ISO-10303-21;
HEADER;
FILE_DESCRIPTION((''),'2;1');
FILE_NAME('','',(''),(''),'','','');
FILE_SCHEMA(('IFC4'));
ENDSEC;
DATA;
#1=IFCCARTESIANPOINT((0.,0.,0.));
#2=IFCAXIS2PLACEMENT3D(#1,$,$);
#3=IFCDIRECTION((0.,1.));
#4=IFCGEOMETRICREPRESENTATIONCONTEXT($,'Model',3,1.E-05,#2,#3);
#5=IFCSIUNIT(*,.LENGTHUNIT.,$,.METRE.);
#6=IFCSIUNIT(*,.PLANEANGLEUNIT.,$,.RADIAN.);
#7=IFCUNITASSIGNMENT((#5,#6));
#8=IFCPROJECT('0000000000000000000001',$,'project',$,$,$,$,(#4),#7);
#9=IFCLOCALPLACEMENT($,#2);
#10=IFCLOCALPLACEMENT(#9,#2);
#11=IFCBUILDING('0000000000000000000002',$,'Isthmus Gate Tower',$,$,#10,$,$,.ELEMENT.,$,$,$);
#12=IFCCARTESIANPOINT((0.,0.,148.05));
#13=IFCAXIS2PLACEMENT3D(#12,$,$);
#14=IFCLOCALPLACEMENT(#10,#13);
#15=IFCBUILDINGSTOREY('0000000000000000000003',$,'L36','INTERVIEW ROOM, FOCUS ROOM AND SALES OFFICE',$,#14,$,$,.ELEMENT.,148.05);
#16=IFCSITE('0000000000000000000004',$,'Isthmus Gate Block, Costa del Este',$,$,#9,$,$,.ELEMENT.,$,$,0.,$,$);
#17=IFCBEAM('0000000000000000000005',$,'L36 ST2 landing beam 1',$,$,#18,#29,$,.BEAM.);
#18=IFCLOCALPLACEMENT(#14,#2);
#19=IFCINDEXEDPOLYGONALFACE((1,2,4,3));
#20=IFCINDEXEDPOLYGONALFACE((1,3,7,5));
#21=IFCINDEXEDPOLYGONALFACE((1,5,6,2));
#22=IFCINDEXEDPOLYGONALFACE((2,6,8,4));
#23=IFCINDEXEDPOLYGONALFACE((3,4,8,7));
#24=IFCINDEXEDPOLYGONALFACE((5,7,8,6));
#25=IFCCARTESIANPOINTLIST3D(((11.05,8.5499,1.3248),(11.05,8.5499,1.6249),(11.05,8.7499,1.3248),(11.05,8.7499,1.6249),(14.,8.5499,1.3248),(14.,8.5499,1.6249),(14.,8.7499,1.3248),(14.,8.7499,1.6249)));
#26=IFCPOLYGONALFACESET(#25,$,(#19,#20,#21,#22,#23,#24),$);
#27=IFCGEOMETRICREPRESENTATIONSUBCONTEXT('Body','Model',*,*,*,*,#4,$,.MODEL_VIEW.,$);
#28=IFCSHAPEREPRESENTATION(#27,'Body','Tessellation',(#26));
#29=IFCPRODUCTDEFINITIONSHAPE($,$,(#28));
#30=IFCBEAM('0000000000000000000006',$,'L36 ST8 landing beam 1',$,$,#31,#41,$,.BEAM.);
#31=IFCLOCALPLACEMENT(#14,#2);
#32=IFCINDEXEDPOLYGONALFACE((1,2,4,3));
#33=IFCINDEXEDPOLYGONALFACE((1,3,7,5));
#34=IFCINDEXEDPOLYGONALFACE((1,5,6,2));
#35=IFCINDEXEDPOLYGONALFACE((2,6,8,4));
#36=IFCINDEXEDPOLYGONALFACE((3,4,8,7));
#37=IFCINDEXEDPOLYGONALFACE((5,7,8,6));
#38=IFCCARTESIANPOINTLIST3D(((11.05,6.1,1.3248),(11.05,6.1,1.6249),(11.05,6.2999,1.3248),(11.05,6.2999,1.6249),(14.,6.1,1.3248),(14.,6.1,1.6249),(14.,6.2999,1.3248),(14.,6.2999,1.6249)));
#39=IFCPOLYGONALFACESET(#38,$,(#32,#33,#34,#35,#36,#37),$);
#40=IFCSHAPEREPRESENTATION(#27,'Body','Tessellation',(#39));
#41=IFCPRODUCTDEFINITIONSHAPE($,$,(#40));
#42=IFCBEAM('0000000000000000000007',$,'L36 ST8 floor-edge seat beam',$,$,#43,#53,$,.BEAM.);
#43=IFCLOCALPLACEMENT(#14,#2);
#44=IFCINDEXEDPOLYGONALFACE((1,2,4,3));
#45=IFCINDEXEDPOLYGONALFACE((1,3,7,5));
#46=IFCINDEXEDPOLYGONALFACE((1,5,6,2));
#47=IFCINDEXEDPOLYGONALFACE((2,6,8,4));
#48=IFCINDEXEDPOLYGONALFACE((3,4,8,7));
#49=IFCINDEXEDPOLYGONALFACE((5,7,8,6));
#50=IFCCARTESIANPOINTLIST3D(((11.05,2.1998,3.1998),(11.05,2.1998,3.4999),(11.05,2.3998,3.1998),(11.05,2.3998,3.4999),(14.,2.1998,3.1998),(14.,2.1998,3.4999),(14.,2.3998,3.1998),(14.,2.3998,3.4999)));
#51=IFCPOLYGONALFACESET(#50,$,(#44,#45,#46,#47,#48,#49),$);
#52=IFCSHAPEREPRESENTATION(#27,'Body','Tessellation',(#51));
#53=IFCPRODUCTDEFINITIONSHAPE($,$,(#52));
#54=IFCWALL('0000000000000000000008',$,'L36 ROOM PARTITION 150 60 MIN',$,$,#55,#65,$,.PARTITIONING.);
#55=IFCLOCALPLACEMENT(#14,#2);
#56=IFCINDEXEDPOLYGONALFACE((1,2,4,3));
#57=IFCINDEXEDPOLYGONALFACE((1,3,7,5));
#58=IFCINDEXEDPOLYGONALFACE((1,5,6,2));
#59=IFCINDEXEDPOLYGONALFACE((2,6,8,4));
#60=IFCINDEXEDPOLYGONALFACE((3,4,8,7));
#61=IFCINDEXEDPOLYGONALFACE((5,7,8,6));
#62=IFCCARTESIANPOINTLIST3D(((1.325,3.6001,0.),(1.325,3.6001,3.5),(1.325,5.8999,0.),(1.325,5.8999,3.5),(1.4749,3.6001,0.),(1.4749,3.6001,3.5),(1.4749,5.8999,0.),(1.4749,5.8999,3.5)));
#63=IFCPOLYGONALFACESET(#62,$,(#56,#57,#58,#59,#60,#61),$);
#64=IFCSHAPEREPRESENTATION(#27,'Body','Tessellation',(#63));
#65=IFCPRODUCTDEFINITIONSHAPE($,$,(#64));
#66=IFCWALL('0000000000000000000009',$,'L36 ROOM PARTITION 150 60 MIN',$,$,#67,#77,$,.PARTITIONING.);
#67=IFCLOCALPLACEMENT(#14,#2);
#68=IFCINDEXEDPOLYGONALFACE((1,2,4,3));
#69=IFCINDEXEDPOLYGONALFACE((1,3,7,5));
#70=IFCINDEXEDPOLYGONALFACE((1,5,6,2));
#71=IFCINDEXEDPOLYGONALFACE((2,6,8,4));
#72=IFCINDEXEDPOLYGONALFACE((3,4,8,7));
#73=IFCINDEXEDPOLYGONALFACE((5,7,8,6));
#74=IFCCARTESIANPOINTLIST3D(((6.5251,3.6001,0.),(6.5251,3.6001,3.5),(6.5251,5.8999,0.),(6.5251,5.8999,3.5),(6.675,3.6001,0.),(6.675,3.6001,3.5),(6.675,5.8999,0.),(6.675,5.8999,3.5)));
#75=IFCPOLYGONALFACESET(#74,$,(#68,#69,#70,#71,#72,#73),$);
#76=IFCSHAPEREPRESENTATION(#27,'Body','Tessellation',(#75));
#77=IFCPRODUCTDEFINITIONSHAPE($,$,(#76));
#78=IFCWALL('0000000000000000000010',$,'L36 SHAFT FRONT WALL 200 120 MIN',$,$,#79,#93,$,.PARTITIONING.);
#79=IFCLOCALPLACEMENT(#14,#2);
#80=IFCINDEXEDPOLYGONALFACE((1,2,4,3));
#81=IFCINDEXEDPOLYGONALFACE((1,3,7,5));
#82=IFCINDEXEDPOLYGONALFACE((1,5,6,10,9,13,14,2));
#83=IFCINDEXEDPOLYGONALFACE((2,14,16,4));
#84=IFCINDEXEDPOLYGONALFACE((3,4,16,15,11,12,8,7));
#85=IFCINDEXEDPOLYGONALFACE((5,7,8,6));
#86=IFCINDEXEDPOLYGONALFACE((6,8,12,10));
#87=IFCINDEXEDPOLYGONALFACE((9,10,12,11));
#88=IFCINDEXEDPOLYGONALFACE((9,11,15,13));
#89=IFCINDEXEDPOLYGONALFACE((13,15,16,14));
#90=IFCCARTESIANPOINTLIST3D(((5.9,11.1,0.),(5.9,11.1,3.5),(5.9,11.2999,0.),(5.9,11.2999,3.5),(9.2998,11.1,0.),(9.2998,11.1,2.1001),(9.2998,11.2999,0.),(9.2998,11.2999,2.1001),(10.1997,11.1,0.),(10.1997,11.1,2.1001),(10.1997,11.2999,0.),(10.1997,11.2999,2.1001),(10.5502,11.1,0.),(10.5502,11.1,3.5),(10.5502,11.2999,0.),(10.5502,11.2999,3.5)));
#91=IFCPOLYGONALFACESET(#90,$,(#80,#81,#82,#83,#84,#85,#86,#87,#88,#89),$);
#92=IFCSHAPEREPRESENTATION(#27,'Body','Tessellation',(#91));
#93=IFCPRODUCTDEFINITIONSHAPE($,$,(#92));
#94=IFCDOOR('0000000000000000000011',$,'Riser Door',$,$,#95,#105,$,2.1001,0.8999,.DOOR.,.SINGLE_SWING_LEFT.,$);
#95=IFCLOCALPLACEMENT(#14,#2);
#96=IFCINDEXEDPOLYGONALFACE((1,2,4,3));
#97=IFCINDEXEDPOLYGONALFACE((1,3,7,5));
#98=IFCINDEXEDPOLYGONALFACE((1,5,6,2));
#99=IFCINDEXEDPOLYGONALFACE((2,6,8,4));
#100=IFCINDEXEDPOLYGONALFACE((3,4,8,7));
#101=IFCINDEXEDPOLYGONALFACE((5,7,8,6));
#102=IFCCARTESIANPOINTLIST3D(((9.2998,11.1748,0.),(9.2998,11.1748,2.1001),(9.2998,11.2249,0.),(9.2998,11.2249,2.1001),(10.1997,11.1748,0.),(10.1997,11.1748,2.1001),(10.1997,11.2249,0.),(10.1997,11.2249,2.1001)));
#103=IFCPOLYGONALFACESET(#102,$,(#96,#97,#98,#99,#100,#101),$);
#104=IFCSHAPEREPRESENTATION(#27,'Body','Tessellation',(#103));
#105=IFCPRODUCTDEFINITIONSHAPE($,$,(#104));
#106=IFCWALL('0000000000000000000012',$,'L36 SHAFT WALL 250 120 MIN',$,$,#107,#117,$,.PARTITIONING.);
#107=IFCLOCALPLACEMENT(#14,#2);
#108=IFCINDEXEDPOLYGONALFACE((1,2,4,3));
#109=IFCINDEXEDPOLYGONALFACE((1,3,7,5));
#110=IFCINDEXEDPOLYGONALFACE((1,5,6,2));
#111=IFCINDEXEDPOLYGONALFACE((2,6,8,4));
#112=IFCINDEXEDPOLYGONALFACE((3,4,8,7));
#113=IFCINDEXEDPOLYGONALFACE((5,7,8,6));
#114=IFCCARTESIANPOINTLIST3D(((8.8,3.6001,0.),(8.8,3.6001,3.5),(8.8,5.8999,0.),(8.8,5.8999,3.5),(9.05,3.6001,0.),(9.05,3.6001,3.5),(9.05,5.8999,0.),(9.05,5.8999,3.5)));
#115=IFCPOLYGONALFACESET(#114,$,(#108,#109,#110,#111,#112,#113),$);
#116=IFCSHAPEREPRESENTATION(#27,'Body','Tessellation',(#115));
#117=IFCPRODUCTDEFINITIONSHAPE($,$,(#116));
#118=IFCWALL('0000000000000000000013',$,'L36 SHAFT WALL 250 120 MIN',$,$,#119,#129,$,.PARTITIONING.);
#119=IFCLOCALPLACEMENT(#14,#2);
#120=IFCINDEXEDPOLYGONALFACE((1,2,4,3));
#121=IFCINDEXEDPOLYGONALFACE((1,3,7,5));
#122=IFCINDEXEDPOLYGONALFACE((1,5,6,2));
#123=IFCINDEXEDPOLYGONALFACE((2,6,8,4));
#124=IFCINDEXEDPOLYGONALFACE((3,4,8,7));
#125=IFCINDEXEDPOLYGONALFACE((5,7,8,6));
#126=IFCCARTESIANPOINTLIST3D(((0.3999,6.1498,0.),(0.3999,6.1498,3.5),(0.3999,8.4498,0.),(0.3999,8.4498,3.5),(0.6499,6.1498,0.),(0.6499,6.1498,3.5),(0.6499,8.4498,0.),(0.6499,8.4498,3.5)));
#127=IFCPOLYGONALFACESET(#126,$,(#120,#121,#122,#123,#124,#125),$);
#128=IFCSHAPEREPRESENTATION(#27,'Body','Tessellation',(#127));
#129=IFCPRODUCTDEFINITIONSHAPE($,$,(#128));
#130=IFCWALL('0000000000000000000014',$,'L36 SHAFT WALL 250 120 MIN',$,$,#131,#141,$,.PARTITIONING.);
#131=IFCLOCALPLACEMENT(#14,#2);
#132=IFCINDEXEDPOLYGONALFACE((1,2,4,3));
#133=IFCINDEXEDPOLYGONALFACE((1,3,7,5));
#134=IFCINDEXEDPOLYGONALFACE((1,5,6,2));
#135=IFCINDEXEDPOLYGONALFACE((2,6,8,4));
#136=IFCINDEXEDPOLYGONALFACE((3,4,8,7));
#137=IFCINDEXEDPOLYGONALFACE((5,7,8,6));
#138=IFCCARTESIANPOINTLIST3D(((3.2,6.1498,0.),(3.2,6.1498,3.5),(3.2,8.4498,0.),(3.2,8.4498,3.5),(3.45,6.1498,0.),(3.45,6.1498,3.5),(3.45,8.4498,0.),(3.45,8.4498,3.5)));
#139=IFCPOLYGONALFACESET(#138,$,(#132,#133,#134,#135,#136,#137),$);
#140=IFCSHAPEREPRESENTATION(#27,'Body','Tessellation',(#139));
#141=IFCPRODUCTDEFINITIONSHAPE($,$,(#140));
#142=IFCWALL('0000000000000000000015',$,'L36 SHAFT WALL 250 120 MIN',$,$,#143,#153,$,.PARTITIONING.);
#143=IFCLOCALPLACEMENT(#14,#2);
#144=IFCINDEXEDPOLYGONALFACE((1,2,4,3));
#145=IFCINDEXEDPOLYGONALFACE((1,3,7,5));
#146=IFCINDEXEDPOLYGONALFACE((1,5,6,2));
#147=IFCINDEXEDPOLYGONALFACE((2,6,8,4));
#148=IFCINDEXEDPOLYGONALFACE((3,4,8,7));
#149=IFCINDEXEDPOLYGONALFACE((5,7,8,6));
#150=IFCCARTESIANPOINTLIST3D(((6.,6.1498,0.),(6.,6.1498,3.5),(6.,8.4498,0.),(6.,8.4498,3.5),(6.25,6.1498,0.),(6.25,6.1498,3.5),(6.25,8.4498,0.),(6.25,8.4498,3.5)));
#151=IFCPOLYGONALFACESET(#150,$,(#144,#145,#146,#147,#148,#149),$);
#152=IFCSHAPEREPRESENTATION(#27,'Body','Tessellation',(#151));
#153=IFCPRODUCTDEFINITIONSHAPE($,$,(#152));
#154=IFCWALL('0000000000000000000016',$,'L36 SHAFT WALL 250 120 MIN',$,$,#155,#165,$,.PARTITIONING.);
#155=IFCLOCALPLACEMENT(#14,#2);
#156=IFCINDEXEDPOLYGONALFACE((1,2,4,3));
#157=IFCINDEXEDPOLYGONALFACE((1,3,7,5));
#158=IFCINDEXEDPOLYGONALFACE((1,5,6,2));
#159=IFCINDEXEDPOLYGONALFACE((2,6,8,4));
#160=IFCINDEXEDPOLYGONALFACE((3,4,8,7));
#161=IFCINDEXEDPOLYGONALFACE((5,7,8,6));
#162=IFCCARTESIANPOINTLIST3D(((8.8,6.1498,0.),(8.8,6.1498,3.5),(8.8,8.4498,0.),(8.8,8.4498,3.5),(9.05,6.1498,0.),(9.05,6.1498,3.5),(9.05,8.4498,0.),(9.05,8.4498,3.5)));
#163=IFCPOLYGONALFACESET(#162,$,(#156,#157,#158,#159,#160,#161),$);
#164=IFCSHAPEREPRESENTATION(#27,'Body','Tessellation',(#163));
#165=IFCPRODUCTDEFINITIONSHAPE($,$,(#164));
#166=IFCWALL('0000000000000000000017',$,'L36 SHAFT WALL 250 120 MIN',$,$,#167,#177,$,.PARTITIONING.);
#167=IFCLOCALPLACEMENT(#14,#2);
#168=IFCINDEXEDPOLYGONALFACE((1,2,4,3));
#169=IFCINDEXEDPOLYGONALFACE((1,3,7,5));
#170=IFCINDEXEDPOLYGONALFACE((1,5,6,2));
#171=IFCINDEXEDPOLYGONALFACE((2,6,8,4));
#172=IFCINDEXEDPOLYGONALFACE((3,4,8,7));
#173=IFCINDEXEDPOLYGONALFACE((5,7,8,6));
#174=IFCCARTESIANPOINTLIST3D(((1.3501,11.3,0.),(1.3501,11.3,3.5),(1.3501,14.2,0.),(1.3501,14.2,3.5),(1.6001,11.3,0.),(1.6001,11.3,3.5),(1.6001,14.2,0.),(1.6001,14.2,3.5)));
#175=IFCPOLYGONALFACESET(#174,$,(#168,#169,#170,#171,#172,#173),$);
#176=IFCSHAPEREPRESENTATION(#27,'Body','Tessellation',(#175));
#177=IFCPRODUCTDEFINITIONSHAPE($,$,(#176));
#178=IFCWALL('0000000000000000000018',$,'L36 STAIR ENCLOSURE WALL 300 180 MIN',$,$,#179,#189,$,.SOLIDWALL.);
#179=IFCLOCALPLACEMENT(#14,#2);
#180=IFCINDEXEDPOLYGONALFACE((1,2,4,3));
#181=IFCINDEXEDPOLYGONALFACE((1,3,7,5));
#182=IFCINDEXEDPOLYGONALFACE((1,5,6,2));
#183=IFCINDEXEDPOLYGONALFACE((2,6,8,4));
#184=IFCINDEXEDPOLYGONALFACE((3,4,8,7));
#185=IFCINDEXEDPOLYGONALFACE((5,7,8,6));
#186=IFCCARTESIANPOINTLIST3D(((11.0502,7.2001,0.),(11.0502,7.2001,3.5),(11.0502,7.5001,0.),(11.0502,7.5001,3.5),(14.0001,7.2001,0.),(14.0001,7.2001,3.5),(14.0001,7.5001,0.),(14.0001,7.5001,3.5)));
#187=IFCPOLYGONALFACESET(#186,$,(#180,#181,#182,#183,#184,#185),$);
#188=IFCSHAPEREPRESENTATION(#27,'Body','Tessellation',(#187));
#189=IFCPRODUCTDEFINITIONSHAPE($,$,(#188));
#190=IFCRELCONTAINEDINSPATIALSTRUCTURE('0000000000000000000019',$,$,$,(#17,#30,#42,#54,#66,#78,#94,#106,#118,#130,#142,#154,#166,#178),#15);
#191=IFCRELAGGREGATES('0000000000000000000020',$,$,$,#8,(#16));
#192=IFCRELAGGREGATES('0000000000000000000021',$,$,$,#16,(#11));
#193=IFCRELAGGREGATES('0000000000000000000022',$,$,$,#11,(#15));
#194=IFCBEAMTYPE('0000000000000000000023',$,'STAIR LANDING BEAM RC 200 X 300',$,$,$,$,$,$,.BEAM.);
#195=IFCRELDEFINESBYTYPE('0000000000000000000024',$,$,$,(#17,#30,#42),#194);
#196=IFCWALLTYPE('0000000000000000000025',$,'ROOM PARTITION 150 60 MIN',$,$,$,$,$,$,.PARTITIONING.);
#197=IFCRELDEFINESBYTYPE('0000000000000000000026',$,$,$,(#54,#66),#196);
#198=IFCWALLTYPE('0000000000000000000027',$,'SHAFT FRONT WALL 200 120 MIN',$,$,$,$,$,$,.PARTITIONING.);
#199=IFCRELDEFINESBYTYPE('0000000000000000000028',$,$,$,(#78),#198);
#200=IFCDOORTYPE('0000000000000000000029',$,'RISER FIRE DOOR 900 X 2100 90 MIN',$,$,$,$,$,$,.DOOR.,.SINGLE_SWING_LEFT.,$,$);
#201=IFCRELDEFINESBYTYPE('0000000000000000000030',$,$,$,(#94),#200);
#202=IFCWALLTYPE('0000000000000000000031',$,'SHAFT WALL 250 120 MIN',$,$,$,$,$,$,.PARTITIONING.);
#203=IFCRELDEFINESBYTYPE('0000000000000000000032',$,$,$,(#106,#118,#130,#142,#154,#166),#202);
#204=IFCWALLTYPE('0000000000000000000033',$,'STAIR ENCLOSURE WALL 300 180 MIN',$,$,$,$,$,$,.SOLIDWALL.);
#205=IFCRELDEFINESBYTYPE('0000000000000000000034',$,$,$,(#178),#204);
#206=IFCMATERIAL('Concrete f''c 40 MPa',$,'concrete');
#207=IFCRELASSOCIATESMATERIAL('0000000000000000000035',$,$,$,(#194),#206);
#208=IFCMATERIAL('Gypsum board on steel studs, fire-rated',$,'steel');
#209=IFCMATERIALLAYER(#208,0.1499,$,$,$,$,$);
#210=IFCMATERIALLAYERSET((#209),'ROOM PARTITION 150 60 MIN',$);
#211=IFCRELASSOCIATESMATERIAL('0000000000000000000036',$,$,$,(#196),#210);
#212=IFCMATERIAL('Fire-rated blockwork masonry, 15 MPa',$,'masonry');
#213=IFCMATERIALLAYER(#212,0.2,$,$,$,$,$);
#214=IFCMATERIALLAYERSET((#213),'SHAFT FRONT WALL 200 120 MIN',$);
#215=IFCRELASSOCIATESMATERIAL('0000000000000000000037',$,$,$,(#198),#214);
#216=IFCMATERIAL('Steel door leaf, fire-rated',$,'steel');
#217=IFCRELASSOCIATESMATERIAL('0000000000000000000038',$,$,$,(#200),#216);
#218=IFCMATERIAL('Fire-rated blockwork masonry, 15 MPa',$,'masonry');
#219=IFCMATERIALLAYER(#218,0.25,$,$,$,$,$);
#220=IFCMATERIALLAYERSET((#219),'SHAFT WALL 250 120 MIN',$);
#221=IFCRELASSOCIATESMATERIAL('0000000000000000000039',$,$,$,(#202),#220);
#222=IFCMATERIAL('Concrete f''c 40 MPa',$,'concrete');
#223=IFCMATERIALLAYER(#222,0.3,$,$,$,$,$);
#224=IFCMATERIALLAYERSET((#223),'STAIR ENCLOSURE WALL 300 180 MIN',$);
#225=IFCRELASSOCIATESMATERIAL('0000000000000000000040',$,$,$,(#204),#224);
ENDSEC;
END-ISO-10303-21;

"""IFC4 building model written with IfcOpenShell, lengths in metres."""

from ifc_helpers import new_model, si_unit, direction, frame, frame_2d, origin, origin_2d, place, context, subcontext, project, spatial, rectangle, extrude, material, layer, layer_set, material_profile, profile_set, type_object, element, fill, save


model = new_model("IFC4")

# Units and contexts
model_context = context("Model", 3, precision=1e-05, world=origin(), true_north=direction((0.0, 1.0)))
body_context = subcontext(model_context, "Body", "Model", "MODEL_VIEW")
ifc_project = project(units=[si_unit("LENGTHUNIT", "METRE"), si_unit("PLANEANGLEUNIT", "RADIAN")], contexts=[model_context])

# Site, building, storey
site_placement = place(None, origin())
site = spatial("IfcSite", under=ifc_project, at=site_placement, Name="Isthmus Gate Block, Costa del Este", CompositionType="ELEMENT", RefElevation=0.0)
building_placement = place(site_placement, origin())
building = spatial("IfcBuilding", under=site, at=building_placement, Name="Isthmus Gate Tower", CompositionType="ELEMENT")
storey_placement = place(building_placement, frame((0.0, 0.0, 148.05)))
storey = spatial("IfcBuildingStorey", under=building, at=storey_placement, Name="L36", Description="INTERVIEW ROOM, FOCUS ROOM AND SALES OFFICE", CompositionType="ELEMENT", Elevation=148.05)

# Beams
ifc_material_1 = material(Name="Concrete f'c 40 MPa", Category="concrete")
ifc_material_profile = material_profile(ifc_material_1, rectangle(XDim=0.2, YDim=0.3, at=origin_2d()), Name="STAIR LANDING BEAM RC 200 X 300")
ifc_profile_set = profile_set([ifc_material_profile], Name="Concrete f'c 40 MPa")
beam_type = type_object("IfcBeamType", Name="STAIR LANDING BEAM RC 200 X 300", PredefinedType="BEAM", material=ifc_profile_set)
for number, where, z_axis, x_axis, name in (
    (1, (11.05, 8.6499, 1.4749), (1.0, 0.0, 0.0), (0.0, 1.0, 0.0), "L36 ST2 landing beam 1"),
    (2, (11.05, 6.2, 1.4749), (1.0, 0.0, 0.0), (0.0, 1.0, 0.0), "L36 ST8 landing beam 1"),
    (3, (11.05, 2.2998, 3.3499), (1.0, 0.0, 0.0), (0.0, 1.0, 0.0), "L36 ST8 floor-edge seat beam"),
):
    element("IfcBeam", number, at=place(storey_placement, frame(where, z_axis=z_axis, x_axis=x_axis)), inside=storey, type_object=beam_type, Name=name, PredefinedType="BEAM", context=body_context, shape_type="SweptSolid", body=[
        extrude(rectangle(XDim=0.2, YDim=0.3, at=origin_2d()), origin(), (0.0, 0.0, 1.0), 2.95),
    ])

# Walls
ifc_material_2 = material(Name="Gypsum board on steel studs, fire-rated", Category="steel")
ifc_layer_1 = layer(ifc_material_2, 0.1499)
ifc_layer_set_1 = layer_set([ifc_layer_1], Name="ROOM PARTITION 150 60 MIN")
wall_type_1 = type_object("IfcWallType", Name="ROOM PARTITION 150 60 MIN", PredefinedType="PARTITIONING", material=ifc_layer_set_1)
for number, where, z_axis, x_axis, name in (
    (4, (1.3999, 3.6001, 0.0), (0.0, 0.0, 1.0), (0.0, 1.0, 0.0), "L36 ROOM PARTITION 150 60 MIN"),
    (5, (6.6001, 3.6001, 0.0), (0.0, 0.0, 1.0), (0.0, 1.0, 0.0), "L36 ROOM PARTITION 150 60 MIN"),
):
    element("IfcWall", number, at=place(storey_placement, frame(where, z_axis=z_axis, x_axis=x_axis)), inside=storey, type_object=wall_type_1, Name=name, PredefinedType="PARTITIONING", context=body_context, shape_type="SweptSolid", body=[
        extrude(rectangle(XDim=2.2998, YDim=0.1499, at=frame_2d((1.1499, 0.0))), origin(), (0.0, 0.0, 1.0), 3.5),
    ])

# Wall, opening, door
ifc_material_3 = material(Name="Fire-rated blockwork masonry, 15 MPa", Category="masonry")
ifc_layer_2 = layer(ifc_material_3, 0.2)
ifc_layer_set_2 = layer_set([ifc_layer_2], Name="SHAFT FRONT WALL 200 120 MIN")
wall_type_2 = type_object("IfcWallType", Name="SHAFT FRONT WALL 200 120 MIN", PredefinedType="PARTITIONING", material=ifc_layer_set_2)
wall_1_placement = place(storey_placement, frame((5.8999, 11.2, 0.0), z_axis=(0.0, 0.0, 1.0), x_axis=(1.0, 0.0, 0.0)))
wall_1 = element("IfcWall", 6, at=wall_1_placement, inside=storey, type_object=wall_type_2, Name="L36 SHAFT FRONT WALL 200 120 MIN", PredefinedType="PARTITIONING", context=body_context, shape_type="SweptSolid", body=[
    extrude(rectangle(XDim=4.6501, YDim=0.2, at=frame_2d((2.3252, 0.0))), origin(), (0.0, 0.0, 1.0), 3.5),
])
opening_placement = place(wall_1_placement, frame((3.3999, 0.0, 0.0)))
opening = element("IfcOpeningElement", 7, at=opening_placement, cuts=wall_1, PredefinedType="OPENING", context=body_context, shape_type="SweptSolid", body=[
    extrude(rectangle(XDim=0.8999, YDim=2.1001, at=frame_2d((0.45, 1.05))), frame((0.0, 0.1099, 0.0), z_axis=(0.0, -1.0, 0.0), x_axis=(1.0, 0.0, 0.0)), (0.0, 0.0, 1.0), 0.22),
])
ifc_material_4 = material(Name="Steel door leaf, fire-rated", Category="steel")
door_type = type_object("IfcDoorType", Name="RISER FIRE DOOR 900 X 2100 90 MIN", OperationType="SINGLE_SWING_LEFT", PredefinedType="DOOR", material=ifc_material_4)
door_placement = place(opening_placement, origin())
door = element("IfcDoor", 8, at=door_placement, inside=storey, type_object=door_type, Name="Riser Door", OperationType="SINGLE_SWING_LEFT", OverallHeight=2.1001, OverallWidth=0.8999, PredefinedType="DOOR", context=body_context, shape_type="SweptSolid", body=[
    extrude(rectangle(XDim=0.8999, YDim=2.1001, at=frame_2d((0.45, 1.05))), frame((0.0, 0.0249, 0.0), z_axis=(0.0, -1.0, 0.0), x_axis=(1.0, 0.0, 0.0)), (0.0, 0.0, 1.0), 0.05),
])
fill(opening, door)

# Walls
ifc_material_5 = material(Name="Fire-rated blockwork masonry, 15 MPa", Category="masonry")
ifc_layer_3 = layer(ifc_material_5, 0.25)
ifc_layer_set_3 = layer_set([ifc_layer_3], Name="SHAFT WALL 250 120 MIN")
wall_type_3 = type_object("IfcWallType", Name="SHAFT WALL 250 120 MIN", PredefinedType="PARTITIONING", material=ifc_layer_set_3)
wall_2_placement = place(storey_placement, frame((8.925, 3.6001, 0.0), z_axis=(0.0, 0.0, 1.0), x_axis=(0.0, 1.0, 0.0)))
element("IfcWall", 9, at=wall_2_placement, inside=storey, type_object=wall_type_3, Name="L36 SHAFT WALL 250 120 MIN", PredefinedType="PARTITIONING", context=body_context, shape_type="SweptSolid", body=[
    extrude(rectangle(XDim=2.2998, YDim=0.25, at=frame_2d((1.1499, 0.0))), origin(), (0.0, 0.0, 1.0), 3.5),
])
for number, where, z_axis, x_axis, name in (
    (10, (0.5249, 6.1499, 0.0), (0.0, 0.0, 1.0), (0.0, 1.0, 0.0), "L36 SHAFT WALL 250 120 MIN"),
    (11, (3.325, 6.1499, 0.0), (0.0, 0.0, 1.0), (0.0, 1.0, 0.0), "L36 SHAFT WALL 250 120 MIN"),
    (12, (6.125, 6.1499, 0.0), (0.0, 0.0, 1.0), (0.0, 1.0, 0.0), "L36 SHAFT WALL 250 120 MIN"),
    (13, (8.925, 6.1499, 0.0), (0.0, 0.0, 1.0), (0.0, 1.0, 0.0), "L36 SHAFT WALL 250 120 MIN"),
):
    element("IfcWall", number, at=place(storey_placement, frame(where, z_axis=z_axis, x_axis=x_axis)), inside=storey, type_object=wall_type_3, Name=name, PredefinedType="PARTITIONING", context=body_context, shape_type="SweptSolid", body=[
        extrude(rectangle(XDim=2.3, YDim=0.25, at=frame_2d((1.1499, 0.0))), origin(), (0.0, 0.0, 1.0), 3.5),
    ])
wall_3_placement = place(storey_placement, frame((1.4751, 11.3, 0.0), z_axis=(0.0, 0.0, 1.0), x_axis=(0.0, 1.0, 0.0)))
element("IfcWall", 14, at=wall_3_placement, inside=storey, type_object=wall_type_3, Name="L36 SHAFT WALL 250 120 MIN", PredefinedType="PARTITIONING", context=body_context, shape_type="SweptSolid", body=[
    extrude(rectangle(XDim=2.8999, YDim=0.25, at=frame_2d((1.45, 0.0))), origin(), (0.0, 0.0, 1.0), 3.5),
])
ifc_material_6 = material(Name="Concrete f'c 40 MPa", Category="concrete")
ifc_layer_4 = layer(ifc_material_6, 0.3)
ifc_layer_set_4 = layer_set([ifc_layer_4], Name="STAIR ENCLOSURE WALL 300 180 MIN")
wall_type_4 = type_object("IfcWallType", Name="STAIR ENCLOSURE WALL 300 180 MIN", PredefinedType="SOLIDWALL", material=ifc_layer_set_4)
wall_4_placement = place(storey_placement, frame((11.05, 7.3501, 0.0), z_axis=(0.0, 0.0, 1.0), x_axis=(1.0, 0.0, 0.0)))
element("IfcWall", 15, at=wall_4_placement, inside=storey, type_object=wall_type_4, Name="L36 STAIR ENCLOSURE WALL 300 180 MIN", PredefinedType="SOLIDWALL", context=body_context, shape_type="SweptSolid", body=[
    extrude(rectangle(XDim=2.95, YDim=0.3, at=frame_2d((1.4751, 0.0))), origin(), (0.0, 0.0, 1.0), 3.5),
])

save(model, "model.ifc")
